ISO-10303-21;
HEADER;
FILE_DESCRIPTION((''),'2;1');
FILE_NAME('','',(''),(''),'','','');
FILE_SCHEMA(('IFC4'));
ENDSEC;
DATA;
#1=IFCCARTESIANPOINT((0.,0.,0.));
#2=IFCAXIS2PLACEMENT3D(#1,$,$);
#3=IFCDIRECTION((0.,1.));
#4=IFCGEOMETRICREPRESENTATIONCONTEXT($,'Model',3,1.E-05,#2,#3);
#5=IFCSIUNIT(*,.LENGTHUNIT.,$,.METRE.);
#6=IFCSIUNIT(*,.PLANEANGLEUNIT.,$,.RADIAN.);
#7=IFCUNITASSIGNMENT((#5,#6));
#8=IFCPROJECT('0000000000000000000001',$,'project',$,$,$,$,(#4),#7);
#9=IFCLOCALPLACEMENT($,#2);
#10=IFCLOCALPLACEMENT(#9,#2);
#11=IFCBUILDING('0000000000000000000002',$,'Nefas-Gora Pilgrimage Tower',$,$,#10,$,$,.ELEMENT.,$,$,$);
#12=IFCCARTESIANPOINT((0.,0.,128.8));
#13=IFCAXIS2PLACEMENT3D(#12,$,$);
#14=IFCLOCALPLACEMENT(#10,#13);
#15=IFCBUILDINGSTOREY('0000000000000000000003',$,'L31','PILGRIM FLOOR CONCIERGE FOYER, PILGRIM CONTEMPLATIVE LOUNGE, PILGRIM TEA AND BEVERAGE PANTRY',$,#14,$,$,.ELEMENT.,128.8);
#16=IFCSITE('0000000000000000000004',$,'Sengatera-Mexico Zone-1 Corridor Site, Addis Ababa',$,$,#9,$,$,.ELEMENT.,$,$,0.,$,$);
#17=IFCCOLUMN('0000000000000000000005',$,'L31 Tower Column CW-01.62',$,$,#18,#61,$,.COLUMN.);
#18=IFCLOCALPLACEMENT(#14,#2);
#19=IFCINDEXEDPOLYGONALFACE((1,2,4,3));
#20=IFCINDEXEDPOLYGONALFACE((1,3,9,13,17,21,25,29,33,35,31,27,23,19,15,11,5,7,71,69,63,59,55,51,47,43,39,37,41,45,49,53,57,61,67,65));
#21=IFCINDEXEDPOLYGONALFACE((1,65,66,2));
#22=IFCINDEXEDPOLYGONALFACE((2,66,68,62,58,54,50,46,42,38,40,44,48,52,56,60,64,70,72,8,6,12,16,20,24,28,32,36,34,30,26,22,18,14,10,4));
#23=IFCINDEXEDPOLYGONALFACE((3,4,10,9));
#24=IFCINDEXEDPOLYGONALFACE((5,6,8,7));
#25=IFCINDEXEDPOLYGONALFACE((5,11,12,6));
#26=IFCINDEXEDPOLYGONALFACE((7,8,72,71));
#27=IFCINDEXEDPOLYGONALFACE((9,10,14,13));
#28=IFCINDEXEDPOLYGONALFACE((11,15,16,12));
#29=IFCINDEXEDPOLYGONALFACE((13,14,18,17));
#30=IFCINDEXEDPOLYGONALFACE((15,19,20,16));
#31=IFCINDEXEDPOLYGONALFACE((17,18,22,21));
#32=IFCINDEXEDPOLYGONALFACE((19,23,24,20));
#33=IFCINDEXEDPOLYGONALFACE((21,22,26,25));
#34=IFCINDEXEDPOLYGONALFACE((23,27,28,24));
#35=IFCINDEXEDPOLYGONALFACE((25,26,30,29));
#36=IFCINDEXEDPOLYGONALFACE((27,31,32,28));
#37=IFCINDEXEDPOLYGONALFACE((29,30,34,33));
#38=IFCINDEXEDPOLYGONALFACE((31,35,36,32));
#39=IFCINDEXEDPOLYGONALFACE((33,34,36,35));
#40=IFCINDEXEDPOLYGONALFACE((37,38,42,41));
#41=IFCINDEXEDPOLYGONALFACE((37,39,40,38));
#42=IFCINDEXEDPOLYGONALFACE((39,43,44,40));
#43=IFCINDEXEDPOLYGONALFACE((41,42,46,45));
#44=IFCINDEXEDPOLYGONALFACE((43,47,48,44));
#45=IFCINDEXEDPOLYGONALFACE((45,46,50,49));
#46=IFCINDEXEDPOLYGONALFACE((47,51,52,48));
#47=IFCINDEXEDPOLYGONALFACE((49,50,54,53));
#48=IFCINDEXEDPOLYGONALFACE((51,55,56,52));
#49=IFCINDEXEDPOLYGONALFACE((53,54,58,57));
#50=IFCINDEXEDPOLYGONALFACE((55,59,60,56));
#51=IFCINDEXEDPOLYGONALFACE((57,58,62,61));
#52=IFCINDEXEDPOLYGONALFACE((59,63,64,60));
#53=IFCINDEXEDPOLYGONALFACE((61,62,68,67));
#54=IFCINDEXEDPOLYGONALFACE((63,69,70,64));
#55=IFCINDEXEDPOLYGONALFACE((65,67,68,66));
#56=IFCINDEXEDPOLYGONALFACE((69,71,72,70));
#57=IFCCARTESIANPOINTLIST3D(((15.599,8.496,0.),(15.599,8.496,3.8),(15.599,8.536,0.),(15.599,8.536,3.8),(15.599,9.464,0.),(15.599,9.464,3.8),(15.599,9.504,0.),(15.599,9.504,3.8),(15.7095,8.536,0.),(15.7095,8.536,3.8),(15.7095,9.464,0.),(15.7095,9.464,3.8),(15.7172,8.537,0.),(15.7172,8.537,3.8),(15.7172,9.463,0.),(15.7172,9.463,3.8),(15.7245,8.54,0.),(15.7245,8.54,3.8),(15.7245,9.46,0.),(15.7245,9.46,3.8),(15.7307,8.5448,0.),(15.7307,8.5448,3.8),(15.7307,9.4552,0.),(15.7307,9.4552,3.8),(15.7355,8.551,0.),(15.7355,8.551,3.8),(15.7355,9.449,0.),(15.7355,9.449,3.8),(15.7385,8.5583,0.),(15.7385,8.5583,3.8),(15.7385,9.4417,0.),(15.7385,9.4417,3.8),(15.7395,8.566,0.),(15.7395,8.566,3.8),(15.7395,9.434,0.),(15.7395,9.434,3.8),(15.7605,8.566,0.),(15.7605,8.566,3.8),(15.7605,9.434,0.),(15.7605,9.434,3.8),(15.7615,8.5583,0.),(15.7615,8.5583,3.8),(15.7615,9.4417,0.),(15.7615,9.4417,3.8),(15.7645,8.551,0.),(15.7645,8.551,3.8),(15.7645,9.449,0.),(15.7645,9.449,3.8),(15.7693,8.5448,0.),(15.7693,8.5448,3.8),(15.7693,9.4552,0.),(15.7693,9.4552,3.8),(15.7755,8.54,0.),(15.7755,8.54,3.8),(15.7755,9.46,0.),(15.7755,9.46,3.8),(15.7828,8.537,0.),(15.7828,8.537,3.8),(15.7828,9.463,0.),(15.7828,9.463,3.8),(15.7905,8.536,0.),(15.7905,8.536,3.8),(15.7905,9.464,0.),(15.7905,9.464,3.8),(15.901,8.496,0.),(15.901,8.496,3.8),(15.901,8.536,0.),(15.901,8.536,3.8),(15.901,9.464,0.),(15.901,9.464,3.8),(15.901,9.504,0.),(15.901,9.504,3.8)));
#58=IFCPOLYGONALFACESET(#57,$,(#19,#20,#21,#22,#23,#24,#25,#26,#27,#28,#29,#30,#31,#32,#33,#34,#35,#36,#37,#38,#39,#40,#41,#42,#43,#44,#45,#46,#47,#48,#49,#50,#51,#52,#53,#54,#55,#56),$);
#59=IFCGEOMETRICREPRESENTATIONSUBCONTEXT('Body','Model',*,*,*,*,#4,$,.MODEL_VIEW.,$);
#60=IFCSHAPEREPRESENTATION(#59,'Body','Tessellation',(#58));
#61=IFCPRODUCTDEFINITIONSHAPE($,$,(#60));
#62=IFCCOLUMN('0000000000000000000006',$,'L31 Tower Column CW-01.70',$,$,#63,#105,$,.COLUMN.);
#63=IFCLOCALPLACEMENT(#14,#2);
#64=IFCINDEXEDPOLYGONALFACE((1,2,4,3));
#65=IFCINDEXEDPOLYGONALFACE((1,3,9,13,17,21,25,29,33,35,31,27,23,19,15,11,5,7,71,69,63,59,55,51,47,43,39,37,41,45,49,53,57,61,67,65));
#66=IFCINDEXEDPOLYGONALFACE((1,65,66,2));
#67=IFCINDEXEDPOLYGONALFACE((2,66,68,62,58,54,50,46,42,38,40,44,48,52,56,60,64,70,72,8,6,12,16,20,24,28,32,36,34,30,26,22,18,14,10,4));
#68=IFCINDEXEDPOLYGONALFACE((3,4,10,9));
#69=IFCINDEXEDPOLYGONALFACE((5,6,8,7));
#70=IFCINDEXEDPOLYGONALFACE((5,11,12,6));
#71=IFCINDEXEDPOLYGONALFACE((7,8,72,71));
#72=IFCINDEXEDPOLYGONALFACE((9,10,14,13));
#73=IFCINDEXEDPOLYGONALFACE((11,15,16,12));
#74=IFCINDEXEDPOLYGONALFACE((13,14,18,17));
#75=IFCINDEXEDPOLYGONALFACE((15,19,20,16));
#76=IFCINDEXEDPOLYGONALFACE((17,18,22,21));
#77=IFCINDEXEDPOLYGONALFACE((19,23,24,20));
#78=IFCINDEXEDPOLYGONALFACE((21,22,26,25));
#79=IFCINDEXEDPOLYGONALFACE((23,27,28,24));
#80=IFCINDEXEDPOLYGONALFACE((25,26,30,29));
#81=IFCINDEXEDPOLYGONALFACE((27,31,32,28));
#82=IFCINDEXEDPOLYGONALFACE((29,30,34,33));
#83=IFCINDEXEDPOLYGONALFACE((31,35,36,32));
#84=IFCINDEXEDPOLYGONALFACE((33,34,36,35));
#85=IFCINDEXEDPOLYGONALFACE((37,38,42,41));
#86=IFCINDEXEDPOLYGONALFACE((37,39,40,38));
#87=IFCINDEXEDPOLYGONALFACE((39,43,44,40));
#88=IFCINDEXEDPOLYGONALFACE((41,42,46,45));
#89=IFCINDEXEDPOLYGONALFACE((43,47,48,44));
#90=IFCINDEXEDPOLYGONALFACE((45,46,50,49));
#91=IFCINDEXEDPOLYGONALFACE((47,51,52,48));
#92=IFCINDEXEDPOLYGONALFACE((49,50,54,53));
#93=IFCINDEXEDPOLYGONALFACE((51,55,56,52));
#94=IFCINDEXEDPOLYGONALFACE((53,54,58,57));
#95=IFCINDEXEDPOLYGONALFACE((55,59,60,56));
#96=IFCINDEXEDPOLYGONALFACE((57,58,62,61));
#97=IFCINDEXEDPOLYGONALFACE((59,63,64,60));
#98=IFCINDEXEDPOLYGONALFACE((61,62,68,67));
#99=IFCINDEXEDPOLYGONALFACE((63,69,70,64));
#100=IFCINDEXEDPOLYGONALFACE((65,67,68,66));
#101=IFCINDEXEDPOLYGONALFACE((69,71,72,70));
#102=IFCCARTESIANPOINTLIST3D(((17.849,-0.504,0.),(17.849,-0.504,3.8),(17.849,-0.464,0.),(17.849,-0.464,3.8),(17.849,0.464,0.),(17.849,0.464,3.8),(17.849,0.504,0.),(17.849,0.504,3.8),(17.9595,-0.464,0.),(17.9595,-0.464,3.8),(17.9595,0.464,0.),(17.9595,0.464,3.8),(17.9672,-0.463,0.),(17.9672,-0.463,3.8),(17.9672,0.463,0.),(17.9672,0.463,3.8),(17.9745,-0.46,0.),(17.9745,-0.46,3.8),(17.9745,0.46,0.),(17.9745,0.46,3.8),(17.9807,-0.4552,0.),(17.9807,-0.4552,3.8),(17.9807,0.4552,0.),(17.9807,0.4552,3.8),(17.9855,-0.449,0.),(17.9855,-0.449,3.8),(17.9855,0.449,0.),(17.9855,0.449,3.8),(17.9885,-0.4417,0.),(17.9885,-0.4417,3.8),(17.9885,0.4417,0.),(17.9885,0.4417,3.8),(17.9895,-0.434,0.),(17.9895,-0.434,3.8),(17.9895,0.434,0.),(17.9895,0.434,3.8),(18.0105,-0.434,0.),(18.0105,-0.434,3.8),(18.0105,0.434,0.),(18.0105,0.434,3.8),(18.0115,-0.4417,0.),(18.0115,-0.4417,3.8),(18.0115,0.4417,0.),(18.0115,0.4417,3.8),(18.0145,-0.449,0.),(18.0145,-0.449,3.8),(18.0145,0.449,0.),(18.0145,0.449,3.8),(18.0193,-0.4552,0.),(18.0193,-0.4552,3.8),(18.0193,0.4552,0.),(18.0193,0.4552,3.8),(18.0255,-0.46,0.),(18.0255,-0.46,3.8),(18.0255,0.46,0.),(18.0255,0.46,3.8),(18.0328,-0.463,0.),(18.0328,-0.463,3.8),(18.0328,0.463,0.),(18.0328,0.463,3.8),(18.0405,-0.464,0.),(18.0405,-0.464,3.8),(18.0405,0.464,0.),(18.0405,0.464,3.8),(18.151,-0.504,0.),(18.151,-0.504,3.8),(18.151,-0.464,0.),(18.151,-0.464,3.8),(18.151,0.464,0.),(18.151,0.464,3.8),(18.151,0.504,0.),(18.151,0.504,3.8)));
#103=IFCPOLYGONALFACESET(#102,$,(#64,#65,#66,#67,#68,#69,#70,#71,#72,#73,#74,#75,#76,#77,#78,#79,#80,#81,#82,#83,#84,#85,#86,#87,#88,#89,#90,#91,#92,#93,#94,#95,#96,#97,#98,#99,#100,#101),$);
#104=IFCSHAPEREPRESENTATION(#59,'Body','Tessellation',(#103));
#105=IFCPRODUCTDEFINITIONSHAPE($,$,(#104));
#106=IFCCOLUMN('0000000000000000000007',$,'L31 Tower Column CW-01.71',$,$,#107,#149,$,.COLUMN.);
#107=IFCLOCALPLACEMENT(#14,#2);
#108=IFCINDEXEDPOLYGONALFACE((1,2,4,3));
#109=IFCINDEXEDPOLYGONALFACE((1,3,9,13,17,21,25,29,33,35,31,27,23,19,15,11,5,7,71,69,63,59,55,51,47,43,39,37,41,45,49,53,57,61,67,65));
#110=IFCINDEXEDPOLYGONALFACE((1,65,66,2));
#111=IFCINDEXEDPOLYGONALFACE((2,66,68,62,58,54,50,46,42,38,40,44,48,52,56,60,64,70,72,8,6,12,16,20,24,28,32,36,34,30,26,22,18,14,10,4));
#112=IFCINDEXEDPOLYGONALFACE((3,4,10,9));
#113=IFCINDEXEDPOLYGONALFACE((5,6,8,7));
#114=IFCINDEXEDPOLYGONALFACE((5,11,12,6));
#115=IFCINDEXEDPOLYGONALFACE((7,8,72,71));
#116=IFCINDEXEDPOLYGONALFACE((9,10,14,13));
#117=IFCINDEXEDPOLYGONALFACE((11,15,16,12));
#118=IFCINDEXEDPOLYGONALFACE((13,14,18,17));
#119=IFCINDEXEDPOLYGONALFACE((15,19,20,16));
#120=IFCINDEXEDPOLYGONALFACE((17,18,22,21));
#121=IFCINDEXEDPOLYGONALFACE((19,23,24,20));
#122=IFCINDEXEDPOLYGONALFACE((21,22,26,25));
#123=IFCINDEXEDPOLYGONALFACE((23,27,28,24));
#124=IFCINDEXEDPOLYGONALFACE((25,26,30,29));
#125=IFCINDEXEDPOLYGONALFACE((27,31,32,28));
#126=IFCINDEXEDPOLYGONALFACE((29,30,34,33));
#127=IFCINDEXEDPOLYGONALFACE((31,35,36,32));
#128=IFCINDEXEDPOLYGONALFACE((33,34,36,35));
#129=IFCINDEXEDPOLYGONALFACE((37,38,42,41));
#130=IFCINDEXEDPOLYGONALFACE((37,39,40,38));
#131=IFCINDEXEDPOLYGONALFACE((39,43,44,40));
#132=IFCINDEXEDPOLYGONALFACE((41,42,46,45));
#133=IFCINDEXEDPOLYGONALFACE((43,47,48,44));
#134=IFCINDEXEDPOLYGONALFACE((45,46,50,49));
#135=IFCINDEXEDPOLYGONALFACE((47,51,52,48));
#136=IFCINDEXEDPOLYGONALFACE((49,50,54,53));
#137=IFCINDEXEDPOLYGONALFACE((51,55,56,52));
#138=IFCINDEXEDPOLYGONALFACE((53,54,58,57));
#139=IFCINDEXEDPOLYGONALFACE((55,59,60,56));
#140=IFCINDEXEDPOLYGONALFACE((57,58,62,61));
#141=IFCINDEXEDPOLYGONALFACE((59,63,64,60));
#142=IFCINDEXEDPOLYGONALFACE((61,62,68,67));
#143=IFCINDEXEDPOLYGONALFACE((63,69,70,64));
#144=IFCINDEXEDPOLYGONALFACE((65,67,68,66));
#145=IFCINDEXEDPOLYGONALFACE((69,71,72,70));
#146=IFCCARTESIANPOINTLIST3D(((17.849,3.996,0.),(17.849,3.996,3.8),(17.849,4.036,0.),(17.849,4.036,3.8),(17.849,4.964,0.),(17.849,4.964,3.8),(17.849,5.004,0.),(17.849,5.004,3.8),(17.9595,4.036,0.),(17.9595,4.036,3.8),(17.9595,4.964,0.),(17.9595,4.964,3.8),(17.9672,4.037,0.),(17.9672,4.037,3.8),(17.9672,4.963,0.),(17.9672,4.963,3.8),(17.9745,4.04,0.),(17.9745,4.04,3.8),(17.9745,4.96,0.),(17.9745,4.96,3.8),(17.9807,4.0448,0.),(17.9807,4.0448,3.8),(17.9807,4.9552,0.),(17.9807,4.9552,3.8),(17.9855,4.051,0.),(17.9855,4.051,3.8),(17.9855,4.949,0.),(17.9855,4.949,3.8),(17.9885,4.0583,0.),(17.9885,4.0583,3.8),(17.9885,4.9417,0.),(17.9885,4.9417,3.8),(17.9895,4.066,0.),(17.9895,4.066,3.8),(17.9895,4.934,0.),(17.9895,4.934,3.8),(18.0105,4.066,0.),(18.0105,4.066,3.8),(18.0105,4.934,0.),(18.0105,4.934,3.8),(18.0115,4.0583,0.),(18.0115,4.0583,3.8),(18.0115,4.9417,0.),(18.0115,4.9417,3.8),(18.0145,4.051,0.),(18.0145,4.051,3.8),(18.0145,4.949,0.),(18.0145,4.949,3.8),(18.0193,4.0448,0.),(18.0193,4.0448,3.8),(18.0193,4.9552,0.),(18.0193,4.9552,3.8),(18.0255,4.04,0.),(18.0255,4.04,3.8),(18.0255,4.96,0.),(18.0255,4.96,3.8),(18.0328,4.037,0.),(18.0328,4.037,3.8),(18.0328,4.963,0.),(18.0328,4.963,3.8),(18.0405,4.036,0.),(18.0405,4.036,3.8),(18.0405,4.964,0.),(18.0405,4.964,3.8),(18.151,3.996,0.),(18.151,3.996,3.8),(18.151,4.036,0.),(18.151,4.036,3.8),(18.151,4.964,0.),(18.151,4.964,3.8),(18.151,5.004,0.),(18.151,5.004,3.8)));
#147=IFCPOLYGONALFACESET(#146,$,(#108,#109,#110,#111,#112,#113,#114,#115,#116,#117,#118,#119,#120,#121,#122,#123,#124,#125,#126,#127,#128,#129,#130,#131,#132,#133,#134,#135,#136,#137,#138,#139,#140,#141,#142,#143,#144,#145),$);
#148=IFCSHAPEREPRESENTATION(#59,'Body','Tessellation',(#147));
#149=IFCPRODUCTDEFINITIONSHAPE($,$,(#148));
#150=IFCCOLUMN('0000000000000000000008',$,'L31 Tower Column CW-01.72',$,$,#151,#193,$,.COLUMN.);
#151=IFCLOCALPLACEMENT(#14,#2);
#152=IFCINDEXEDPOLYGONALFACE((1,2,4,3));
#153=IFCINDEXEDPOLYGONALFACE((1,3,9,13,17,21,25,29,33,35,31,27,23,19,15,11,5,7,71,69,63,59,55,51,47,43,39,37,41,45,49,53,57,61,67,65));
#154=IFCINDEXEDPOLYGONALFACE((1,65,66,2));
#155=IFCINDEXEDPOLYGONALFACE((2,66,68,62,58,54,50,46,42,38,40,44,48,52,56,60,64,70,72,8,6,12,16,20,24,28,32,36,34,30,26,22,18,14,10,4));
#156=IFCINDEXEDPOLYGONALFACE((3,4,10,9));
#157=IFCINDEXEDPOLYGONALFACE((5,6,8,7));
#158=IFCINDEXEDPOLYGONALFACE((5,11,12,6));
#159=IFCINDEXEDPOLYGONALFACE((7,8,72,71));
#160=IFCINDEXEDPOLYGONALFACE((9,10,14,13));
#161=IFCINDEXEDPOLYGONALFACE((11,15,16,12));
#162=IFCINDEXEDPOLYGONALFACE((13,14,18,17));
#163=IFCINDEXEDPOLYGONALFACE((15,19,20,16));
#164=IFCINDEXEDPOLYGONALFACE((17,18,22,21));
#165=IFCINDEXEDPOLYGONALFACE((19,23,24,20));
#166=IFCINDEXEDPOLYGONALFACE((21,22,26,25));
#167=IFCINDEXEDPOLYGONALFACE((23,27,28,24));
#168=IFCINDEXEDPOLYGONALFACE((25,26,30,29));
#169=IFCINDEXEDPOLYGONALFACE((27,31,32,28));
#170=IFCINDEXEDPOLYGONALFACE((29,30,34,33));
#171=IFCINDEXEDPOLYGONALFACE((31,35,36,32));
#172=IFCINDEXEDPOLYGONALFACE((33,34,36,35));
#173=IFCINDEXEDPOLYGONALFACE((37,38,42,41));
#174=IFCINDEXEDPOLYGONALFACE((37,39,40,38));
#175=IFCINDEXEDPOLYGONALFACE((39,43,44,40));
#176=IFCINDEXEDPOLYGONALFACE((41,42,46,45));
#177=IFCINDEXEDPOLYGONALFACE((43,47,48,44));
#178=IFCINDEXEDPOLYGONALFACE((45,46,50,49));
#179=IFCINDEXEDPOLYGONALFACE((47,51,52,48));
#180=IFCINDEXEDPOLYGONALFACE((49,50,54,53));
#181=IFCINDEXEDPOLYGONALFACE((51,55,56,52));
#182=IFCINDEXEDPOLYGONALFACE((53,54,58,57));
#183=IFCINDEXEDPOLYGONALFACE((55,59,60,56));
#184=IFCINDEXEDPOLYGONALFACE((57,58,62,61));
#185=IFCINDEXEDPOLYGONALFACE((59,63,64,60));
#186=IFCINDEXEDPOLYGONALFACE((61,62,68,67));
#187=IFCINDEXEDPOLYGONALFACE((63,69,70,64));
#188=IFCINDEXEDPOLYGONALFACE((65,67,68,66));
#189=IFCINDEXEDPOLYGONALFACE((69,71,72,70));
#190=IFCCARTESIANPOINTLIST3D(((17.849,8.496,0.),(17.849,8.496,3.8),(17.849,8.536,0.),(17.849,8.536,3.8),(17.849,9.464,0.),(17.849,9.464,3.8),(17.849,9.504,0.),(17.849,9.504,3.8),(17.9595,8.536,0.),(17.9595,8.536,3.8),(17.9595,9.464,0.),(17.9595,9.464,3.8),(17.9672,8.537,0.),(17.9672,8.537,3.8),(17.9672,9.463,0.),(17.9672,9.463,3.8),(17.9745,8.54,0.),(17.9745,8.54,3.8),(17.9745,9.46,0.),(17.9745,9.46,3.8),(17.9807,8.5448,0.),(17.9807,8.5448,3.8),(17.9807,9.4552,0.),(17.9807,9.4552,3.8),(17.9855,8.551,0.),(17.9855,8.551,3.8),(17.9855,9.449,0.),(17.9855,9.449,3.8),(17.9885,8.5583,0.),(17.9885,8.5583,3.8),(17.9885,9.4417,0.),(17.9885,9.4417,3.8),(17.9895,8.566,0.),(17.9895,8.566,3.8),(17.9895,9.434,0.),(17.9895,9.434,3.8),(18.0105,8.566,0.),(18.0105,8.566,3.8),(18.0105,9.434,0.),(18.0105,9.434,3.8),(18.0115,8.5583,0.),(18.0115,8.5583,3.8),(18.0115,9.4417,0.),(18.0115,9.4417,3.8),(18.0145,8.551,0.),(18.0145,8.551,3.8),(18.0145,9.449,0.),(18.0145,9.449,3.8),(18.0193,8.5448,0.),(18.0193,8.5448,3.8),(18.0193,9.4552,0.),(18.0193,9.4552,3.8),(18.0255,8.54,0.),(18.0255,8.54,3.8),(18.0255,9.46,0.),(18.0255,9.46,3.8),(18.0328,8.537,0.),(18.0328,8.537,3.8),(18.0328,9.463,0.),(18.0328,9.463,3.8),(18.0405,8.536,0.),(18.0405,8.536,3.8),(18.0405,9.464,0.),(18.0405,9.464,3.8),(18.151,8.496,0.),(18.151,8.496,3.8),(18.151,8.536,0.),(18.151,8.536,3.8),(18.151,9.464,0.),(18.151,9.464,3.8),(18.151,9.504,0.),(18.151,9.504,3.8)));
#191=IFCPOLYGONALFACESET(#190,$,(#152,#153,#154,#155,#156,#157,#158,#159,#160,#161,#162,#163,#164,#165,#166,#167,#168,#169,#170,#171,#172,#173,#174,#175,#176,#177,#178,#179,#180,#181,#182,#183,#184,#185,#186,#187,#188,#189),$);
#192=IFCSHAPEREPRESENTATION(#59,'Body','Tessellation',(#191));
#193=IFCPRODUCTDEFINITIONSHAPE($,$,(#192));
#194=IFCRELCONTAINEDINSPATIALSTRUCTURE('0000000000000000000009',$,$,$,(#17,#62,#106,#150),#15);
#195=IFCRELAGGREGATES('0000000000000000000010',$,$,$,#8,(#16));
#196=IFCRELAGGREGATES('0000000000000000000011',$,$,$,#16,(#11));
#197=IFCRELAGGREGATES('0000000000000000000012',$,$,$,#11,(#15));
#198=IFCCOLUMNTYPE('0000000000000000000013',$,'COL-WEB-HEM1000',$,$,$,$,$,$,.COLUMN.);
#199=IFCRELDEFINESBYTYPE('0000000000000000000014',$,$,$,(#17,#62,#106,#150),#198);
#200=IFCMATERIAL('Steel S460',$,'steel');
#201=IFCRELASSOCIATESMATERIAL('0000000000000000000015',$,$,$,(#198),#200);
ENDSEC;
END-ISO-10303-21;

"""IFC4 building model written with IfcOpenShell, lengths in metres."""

from ifc_helpers import new_model, si_unit, direction, frame, origin, origin_2d, place, context, subcontext, project, spatial, i_section, extrude, source, transform, mapped, material, material_profile, profile_set, type_object, element, save


model = new_model("IFC4")

# Units and contexts
model_context = context("Model", 3, precision=1e-05, world=origin(), true_north=direction((0.0, 1.0)))
body_context = subcontext(model_context, "Body", "Model", "MODEL_VIEW")
ifc_project = project(units=[si_unit("LENGTHUNIT", "METRE"), si_unit("PLANEANGLEUNIT", "RADIAN")], contexts=[model_context])

# Site, building, storey
site_placement = place(None, origin())
site = spatial("IfcSite", under=ifc_project, at=site_placement, Name="Sengatera-Mexico Zone-1 Corridor Site, Addis Ababa", CompositionType="ELEMENT", RefElevation=0.0)
building_placement = place(site_placement, origin())
building = spatial("IfcBuilding", under=site, at=building_placement, Name="Nefas-Gora Pilgrimage Tower", CompositionType="ELEMENT")
storey_placement = place(building_placement, frame((0.0, 0.0, 128.8)))
storey = spatial("IfcBuildingStorey", under=building, at=storey_placement, Name="L31", Description="PILGRIM FLOOR CONCIERGE FOYER, PILGRIM CONTEMPLATIVE LOUNGE, PILGRIM TEA AND BEVERAGE PANTRY", CompositionType="ELEMENT", Elevation=128.8)

# Columns
ifc_material_1 = material(Name="Steel S460", Category="steel")
ifc_material_profile_1 = material_profile(ifc_material_1, i_section(OverallWidth=0.302, OverallDepth=1.0081, WebThickness=0.021, FlangeThickness=0.04, FilletRadius=0.03, at=origin_2d()), Name="HEM 1000")
ifc_profile_set_1 = profile_set([ifc_material_profile_1], Name="Steel S460")
column_type_1 = type_object("IfcColumnType", Name="COL-WEB-HEM1000", PredefinedType="COLUMN", material=ifc_profile_set_1)
shared_shape_1 = source(origin(), body_context, "Body", "SweptSolid", [
    extrude(i_section(OverallWidth=0.302, OverallDepth=1.0081, WebThickness=0.021, FlangeThickness=0.04, FilletRadius=0.03, at=origin_2d()), origin(), (0.0, 0.0, 1.0), 3.8),
])
for number, where, z_axis, x_axis, name in (
    (1, (15.75, 9.0, 0.0), (0.0, 0.0, 1.0), (1.0, 0.0, 0.0), "L31 Tower Column CW-01.62"),
    (2, (18.0, 0.0, 0.0), (0.0, 0.0, 1.0), (1.0, 0.0, 0.0), "L31 Tower Column CW-01.70"),
    (3, (18.0, 4.5, 0.0), (0.0, 0.0, 1.0), (1.0, 0.0, 0.0), "L31 Tower Column CW-01.71"),
    (4, (18.0, 9.0, 0.0), (0.0, 0.0, 1.0), (1.0, 0.0, 0.0), "L31 Tower Column CW-01.72"),
):
    element("IfcColumn", number, at=place(storey_placement, frame(where, z_axis=z_axis, x_axis=x_axis)), inside=storey, type_object=column_type_1, Name=name, PredefinedType="COLUMN", context=body_context, shape_type="MappedRepresentation", body=[
        mapped(shared_shape_1, transform((0.0, 0.0, 0.0), x_axis=(1.0, 0.0, 0.0), y_axis=(0.0, 1.0, 0.0), z_axis=(0.0, 0.0, 1.0), scale=1.0)),
    ])

save(model, "model.ifc")
